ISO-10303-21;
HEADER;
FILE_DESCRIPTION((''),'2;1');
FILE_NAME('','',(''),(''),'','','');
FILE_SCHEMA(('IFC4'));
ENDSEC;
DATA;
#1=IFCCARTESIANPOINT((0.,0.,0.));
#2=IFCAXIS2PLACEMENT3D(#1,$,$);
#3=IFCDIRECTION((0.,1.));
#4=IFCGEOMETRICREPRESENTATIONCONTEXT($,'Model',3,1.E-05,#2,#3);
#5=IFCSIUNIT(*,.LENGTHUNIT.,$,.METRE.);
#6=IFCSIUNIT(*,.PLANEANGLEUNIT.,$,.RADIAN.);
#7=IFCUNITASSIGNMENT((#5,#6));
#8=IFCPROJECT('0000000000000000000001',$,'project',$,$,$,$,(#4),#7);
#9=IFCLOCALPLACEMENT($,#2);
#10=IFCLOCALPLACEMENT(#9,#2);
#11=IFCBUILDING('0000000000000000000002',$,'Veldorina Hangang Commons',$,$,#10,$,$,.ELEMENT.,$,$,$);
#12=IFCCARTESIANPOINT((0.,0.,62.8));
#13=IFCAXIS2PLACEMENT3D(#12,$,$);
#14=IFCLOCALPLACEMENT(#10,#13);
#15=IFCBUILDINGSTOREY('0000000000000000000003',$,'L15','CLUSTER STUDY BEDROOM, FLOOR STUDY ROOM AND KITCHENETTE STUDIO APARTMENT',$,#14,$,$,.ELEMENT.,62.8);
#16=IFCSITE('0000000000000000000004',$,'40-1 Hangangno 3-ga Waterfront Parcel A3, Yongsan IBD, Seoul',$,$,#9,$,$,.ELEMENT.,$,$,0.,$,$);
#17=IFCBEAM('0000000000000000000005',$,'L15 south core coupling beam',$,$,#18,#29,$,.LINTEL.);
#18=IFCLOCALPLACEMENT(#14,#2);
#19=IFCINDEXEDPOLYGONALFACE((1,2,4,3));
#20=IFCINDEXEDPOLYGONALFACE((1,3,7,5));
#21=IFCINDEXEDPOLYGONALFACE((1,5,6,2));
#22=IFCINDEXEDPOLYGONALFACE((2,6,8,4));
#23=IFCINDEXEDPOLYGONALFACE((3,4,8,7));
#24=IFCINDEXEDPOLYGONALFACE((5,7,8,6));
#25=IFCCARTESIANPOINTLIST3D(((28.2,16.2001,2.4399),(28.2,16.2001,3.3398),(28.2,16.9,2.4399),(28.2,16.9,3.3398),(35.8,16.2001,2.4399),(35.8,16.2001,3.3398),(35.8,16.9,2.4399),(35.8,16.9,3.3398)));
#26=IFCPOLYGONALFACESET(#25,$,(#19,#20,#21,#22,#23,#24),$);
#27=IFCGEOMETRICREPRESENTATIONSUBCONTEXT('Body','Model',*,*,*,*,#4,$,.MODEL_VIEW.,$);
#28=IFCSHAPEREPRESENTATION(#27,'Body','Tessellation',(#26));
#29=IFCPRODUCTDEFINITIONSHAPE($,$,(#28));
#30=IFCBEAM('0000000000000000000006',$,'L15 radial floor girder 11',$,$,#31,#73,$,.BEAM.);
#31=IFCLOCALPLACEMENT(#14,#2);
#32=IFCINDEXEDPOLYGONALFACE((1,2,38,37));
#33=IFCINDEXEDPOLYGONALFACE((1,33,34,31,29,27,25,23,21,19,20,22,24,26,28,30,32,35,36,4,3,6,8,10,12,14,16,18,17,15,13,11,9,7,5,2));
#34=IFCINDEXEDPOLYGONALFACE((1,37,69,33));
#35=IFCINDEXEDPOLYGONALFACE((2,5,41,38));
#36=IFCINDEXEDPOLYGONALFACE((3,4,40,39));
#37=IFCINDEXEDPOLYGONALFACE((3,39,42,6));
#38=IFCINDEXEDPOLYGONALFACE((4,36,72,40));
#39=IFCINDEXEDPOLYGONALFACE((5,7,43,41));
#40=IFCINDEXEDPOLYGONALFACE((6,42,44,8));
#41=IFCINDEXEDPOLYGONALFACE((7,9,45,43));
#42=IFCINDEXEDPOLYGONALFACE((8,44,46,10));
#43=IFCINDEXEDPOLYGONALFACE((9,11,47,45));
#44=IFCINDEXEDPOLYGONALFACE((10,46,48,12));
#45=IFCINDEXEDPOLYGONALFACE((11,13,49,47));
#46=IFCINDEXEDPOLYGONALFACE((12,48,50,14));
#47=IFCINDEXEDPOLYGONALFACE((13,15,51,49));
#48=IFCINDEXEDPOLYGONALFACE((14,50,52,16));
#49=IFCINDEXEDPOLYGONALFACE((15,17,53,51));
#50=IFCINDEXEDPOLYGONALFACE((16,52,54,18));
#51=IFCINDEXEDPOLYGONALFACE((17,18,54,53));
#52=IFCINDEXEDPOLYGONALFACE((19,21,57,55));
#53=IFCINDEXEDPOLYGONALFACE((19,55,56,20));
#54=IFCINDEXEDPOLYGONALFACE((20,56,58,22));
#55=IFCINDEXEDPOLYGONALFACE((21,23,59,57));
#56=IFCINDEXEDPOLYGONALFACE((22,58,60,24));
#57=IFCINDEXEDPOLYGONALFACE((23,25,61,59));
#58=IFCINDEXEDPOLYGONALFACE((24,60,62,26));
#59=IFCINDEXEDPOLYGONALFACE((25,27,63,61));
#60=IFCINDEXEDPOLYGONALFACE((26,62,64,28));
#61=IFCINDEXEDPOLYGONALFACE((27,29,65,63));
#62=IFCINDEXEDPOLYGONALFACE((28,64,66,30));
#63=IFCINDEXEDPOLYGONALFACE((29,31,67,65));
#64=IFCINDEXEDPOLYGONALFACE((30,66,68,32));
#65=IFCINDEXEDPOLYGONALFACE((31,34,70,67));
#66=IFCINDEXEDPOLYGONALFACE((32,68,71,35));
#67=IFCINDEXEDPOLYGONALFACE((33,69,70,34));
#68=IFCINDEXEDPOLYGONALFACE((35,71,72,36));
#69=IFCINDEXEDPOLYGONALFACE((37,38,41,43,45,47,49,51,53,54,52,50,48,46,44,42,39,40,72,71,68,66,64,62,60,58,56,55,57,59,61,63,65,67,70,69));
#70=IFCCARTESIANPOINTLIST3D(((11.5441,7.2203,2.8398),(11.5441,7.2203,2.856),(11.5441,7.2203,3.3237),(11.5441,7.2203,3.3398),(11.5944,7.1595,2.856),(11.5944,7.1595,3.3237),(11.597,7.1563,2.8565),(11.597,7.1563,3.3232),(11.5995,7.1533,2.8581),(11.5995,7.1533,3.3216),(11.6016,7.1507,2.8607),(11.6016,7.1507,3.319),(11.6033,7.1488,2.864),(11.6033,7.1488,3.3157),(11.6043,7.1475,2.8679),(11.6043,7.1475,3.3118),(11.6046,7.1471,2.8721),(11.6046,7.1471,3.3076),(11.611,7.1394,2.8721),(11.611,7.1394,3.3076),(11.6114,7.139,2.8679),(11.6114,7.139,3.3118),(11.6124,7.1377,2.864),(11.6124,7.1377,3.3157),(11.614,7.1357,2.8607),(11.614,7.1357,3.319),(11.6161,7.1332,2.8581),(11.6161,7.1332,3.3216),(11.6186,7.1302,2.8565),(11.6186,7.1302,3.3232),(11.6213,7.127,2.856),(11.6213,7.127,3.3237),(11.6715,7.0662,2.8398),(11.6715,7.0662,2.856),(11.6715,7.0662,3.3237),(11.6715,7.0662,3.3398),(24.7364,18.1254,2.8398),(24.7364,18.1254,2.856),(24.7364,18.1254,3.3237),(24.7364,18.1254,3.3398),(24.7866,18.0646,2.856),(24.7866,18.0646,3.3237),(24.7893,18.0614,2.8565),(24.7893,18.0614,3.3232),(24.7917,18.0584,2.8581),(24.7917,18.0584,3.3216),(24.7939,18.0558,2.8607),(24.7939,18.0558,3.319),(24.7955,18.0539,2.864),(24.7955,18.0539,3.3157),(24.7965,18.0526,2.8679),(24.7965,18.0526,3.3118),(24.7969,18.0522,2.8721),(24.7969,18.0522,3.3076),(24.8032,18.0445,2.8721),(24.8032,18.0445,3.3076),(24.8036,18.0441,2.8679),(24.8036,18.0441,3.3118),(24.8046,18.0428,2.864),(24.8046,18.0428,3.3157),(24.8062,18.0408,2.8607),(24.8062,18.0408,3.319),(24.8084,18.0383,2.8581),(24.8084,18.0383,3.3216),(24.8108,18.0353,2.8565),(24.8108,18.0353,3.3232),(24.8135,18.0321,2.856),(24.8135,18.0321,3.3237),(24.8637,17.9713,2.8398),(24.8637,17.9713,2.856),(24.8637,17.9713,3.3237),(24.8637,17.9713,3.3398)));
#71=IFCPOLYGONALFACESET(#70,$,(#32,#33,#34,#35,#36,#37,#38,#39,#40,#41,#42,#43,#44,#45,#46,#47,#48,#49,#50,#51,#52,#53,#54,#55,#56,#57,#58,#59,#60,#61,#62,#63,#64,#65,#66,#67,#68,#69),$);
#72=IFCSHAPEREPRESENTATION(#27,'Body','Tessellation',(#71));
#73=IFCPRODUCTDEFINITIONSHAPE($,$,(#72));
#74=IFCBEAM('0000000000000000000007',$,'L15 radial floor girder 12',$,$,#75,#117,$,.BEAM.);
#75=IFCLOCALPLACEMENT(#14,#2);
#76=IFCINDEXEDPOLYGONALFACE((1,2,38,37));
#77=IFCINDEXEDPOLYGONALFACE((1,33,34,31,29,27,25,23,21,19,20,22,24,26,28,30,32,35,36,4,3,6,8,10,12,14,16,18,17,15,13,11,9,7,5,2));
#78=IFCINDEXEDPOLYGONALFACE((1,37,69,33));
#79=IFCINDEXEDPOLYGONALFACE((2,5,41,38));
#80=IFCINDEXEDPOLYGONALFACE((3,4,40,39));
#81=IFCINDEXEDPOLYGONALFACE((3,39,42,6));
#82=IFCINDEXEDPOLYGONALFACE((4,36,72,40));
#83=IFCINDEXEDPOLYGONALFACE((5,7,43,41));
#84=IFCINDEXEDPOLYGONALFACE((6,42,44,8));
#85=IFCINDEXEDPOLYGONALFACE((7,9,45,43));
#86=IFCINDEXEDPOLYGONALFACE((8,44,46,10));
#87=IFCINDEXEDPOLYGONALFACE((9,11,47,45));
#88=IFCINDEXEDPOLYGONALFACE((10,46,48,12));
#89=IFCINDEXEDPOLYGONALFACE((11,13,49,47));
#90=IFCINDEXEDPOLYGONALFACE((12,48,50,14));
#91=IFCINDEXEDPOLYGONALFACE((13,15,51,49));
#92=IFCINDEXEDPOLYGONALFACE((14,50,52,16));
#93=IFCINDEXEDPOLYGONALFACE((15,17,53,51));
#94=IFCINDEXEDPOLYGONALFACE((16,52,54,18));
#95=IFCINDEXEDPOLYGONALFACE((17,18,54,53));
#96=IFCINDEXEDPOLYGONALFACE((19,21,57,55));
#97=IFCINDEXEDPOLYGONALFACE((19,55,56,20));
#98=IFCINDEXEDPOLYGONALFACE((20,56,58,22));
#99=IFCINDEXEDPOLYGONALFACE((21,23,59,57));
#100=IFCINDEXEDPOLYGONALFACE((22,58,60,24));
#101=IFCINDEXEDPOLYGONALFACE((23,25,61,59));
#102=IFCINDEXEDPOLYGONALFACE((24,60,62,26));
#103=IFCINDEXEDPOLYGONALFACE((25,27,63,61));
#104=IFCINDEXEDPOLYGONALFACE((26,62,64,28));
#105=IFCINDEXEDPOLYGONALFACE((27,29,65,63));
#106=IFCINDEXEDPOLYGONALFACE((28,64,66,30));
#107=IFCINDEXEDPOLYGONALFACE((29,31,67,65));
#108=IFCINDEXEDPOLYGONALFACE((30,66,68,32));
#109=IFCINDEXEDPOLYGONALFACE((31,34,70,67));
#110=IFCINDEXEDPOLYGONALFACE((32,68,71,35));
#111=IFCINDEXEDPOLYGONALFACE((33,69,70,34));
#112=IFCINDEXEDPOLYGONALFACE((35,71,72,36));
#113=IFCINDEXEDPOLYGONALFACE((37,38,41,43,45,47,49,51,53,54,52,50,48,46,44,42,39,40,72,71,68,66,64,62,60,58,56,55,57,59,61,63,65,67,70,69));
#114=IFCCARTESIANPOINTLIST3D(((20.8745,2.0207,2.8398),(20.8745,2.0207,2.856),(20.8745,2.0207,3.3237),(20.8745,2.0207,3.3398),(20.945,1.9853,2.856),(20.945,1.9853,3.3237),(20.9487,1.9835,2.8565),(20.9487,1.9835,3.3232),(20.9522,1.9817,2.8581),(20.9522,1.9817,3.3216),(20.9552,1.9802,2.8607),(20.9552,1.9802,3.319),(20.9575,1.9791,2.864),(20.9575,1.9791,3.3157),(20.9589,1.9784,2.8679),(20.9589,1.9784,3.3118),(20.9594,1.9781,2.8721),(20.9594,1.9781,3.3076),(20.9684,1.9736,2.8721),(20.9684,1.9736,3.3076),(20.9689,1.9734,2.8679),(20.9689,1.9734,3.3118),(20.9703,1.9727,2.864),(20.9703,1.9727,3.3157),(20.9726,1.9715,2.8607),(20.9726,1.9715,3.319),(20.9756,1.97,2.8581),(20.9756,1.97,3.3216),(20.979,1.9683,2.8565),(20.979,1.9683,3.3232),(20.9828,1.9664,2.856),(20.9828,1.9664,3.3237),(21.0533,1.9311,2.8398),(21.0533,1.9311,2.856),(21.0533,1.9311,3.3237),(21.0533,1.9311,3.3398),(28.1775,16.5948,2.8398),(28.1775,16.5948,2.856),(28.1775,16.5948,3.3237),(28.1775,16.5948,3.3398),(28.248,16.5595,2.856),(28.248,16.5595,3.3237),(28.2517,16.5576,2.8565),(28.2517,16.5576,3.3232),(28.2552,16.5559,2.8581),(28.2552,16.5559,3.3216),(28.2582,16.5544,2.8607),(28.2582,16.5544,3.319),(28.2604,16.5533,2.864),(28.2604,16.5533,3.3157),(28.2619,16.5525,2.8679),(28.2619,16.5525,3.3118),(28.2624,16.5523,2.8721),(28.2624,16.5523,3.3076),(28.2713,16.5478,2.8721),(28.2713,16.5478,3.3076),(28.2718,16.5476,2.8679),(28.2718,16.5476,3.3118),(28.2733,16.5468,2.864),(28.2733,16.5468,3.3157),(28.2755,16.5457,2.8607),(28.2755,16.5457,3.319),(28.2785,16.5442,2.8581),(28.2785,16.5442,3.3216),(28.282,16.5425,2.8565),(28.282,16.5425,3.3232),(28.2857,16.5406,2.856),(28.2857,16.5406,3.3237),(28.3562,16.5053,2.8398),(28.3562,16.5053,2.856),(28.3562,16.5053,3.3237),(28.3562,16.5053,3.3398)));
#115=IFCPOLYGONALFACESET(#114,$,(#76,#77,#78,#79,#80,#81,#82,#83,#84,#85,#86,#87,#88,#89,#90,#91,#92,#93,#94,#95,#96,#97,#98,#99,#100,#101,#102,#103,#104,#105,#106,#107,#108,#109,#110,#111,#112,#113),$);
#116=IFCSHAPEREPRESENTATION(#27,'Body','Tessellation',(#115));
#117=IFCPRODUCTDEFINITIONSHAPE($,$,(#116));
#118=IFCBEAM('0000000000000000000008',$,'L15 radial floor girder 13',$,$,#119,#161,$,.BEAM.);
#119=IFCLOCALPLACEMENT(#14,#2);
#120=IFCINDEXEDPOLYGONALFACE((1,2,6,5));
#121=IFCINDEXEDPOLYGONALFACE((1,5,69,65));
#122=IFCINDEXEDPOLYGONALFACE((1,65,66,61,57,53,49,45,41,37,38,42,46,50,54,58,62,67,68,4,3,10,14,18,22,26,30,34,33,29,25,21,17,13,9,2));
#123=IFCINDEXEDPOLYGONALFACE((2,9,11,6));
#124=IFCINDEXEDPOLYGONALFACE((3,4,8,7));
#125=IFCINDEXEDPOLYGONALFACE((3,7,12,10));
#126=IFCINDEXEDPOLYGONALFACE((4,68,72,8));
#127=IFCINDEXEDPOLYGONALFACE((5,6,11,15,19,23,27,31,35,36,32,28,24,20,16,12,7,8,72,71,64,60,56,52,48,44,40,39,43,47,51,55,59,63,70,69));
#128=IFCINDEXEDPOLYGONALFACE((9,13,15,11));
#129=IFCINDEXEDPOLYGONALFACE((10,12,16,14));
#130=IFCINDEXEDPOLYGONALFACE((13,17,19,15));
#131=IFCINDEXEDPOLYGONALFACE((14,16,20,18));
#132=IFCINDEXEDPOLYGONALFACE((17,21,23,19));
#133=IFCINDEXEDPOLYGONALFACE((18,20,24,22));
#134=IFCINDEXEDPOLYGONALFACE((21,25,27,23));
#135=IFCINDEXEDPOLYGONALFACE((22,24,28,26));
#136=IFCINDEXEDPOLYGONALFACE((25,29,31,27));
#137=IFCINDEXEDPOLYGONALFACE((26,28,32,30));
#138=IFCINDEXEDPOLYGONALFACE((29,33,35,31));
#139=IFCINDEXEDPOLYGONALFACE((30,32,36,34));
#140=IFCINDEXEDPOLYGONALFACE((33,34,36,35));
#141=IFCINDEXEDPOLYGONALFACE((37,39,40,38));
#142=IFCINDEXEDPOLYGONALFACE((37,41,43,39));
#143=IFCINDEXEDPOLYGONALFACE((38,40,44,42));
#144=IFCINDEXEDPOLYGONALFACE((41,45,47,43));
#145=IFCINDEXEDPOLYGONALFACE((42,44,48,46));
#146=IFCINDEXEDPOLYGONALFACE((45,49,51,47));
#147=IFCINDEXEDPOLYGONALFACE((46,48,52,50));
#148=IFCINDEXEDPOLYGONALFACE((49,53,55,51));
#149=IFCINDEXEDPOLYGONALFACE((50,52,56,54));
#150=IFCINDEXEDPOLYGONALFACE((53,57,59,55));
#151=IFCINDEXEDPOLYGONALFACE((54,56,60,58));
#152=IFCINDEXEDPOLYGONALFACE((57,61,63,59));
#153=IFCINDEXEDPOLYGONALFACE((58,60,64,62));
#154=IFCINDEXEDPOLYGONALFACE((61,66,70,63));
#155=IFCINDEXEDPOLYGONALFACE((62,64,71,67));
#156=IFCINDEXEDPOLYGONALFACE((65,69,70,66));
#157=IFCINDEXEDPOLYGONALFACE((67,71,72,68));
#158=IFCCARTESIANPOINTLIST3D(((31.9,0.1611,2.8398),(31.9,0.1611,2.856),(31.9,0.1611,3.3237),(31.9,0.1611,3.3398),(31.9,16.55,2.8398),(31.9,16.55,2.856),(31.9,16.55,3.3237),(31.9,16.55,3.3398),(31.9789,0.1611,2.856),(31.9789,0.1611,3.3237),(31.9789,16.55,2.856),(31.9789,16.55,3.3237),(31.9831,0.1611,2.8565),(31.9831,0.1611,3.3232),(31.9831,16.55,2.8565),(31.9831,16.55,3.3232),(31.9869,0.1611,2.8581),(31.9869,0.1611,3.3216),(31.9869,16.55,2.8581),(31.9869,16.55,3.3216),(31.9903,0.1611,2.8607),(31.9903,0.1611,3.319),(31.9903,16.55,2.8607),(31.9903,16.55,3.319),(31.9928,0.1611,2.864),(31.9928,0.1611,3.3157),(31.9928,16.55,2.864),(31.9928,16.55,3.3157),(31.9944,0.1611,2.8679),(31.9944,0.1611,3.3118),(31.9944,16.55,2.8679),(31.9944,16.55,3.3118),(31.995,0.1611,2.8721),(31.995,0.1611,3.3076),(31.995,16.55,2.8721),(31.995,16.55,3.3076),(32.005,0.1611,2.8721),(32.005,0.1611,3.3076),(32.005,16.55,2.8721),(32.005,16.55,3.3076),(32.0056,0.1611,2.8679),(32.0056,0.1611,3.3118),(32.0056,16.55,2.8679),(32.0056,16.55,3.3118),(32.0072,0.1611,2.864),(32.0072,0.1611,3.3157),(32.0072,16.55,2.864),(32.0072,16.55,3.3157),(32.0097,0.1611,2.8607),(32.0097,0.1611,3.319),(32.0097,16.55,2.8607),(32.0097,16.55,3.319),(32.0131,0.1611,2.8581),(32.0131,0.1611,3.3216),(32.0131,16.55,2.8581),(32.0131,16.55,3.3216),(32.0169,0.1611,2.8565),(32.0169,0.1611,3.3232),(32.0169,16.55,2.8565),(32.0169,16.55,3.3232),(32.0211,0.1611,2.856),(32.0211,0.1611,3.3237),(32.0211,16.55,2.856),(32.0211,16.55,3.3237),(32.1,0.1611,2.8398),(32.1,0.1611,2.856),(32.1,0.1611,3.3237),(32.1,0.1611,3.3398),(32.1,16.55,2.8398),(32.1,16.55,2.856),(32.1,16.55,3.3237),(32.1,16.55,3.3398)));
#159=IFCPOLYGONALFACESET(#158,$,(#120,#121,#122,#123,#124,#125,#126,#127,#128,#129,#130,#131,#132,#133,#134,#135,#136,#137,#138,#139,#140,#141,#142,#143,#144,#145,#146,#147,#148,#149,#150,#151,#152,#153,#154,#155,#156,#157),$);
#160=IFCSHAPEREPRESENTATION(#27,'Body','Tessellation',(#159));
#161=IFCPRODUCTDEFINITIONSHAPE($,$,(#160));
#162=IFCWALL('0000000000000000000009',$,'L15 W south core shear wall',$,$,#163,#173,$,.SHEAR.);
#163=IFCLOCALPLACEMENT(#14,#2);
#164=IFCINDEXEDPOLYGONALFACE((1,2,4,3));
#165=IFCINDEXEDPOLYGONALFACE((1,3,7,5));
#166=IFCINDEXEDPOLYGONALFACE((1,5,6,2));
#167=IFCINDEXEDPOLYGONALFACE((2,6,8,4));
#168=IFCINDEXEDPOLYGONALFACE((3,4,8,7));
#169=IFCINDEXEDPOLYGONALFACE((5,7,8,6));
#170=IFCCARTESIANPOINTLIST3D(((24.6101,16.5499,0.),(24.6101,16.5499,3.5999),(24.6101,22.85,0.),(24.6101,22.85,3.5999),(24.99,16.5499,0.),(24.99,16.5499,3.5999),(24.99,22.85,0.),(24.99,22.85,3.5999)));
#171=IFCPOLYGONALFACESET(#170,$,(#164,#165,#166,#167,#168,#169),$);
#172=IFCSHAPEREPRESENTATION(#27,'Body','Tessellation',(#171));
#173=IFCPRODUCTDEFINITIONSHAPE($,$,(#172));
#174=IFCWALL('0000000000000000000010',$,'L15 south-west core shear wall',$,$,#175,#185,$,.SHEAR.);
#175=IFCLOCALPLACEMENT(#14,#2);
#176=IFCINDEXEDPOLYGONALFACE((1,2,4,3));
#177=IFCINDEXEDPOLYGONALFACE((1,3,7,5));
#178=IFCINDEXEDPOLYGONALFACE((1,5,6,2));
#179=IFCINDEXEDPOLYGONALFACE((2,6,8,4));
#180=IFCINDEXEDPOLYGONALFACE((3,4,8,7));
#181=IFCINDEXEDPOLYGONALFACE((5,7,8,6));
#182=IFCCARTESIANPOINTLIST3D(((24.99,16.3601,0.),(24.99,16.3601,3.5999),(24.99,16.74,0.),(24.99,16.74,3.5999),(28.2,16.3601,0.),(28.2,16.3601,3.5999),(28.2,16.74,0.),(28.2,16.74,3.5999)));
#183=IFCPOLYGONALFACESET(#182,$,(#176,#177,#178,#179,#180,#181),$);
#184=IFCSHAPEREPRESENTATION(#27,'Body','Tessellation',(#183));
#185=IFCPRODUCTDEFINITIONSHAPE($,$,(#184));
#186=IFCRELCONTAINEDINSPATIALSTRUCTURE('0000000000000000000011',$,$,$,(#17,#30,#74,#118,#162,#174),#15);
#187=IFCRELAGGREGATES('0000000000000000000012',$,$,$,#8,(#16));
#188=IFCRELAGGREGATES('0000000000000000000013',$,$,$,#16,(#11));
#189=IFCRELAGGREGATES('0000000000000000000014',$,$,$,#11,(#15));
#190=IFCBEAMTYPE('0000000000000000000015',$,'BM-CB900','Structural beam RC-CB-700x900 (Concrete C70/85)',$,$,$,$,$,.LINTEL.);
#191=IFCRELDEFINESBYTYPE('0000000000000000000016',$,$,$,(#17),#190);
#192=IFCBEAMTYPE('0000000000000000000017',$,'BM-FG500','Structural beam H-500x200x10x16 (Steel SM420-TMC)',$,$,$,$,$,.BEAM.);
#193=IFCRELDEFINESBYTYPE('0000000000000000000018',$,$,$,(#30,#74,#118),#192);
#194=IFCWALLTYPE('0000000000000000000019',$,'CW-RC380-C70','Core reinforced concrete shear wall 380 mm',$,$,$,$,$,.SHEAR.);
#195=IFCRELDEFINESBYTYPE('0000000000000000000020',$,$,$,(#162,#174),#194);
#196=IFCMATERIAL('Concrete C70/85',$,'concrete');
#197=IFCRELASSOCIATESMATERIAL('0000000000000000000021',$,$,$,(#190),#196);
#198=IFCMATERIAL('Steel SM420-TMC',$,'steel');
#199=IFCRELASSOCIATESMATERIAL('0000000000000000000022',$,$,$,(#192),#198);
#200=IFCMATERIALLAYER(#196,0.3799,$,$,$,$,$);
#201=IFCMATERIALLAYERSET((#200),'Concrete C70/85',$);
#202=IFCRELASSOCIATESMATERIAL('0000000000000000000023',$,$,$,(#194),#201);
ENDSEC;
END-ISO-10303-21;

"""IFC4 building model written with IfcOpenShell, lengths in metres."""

from ifc_helpers import new_model, si_unit, direction, frame, frame_2d, origin, origin_2d, place, context, subcontext, project, spatial, rectangle, i_section, extrude, material, layer, layer_set, material_profile, profile_set, type_object, element, save


model = new_model("IFC4")

# Units and contexts
model_context = context("Model", 3, precision=1e-05, world=origin(), true_north=direction((0.0, 1.0)))
body_context = subcontext(model_context, "Body", "Model", "MODEL_VIEW")
ifc_project = project(units=[si_unit("LENGTHUNIT", "METRE"), si_unit("PLANEANGLEUNIT", "RADIAN")], contexts=[model_context])

# Site, building, storey
site_placement = place(None, origin())
site = spatial("IfcSite", under=ifc_project, at=site_placement, Name="40-1 Hangangno 3-ga Waterfront Parcel A3, Yongsan IBD, Seoul", CompositionType="ELEMENT", RefElevation=0.0)
building_placement = place(site_placement, origin())
building = spatial("IfcBuilding", under=site, at=building_placement, Name="Veldorina Hangang Commons", CompositionType="ELEMENT")
storey_placement = place(building_placement, frame((0.0, 0.0, 62.8)))
storey = spatial("IfcBuildingStorey", under=building, at=storey_placement, Name="L15", Description="CLUSTER STUDY BEDROOM, FLOOR STUDY ROOM AND KITCHENETTE STUDIO APARTMENT", CompositionType="ELEMENT", Elevation=62.8)

# Beams
ifc_material_1 = material(Name="Concrete C70/85", Category="concrete")
ifc_material_profile_1 = material_profile(ifc_material_1, rectangle(XDim=0.7, YDim=0.8999, at=origin_2d()), Name="RC-CB-700x900")
ifc_profile_set_1 = profile_set([ifc_material_profile_1], Name="Concrete C70/85")
beam_type_1 = type_object("IfcBeamType", Name="BM-CB900", Description="Structural beam RC-CB-700x900 (Concrete C70/85)", PredefinedType="LINTEL", material=ifc_profile_set_1)
beam_1_placement = place(storey_placement, frame((28.2, 16.55, 2.8899), z_axis=(1.0, 0.0, 0.0), x_axis=(0.0, 1.0, 0.0)))
element("IfcBeam", 1, at=beam_1_placement, inside=storey, type_object=beam_type_1, Name="L15 south core coupling beam", PredefinedType="LINTEL", context=body_context, shape_type="SweptSolid", body=[
    extrude(rectangle(XDim=0.7, YDim=0.8999, at=origin_2d()), origin(), (0.0, 0.0, 1.0), 7.6001),
])
ifc_material_2 = material(Name="Steel SM420-TMC", Category="steel")
ifc_material_profile_2 = material_profile(ifc_material_2, i_section(OverallWidth=0.2, OverallDepth=0.5, WebThickness=0.01, FlangeThickness=0.0161, FilletRadius=0.0161, at=origin_2d()), Name="H-500x200x10x16")
ifc_profile_set_2 = profile_set([ifc_material_profile_2], Name="Steel SM420-TMC")
beam_type_2 = type_object("IfcBeamType", Name="BM-FG500", Description="Structural beam H-500x200x10x16 (Steel SM420-TMC)", PredefinedType="BEAM", material=ifc_profile_set_2)
beam_2_placement = place(storey_placement, frame((24.8, 18.0483, 3.0898), z_axis=(-0.770756, -0.637131, 0.0), x_axis=(0.637131, -0.770756, 0.0)))
element("IfcBeam", 2, at=beam_2_placement, inside=storey, type_object=beam_type_2, Name="L15 radial floor girder 11", PredefinedType="BEAM", context=body_context, shape_type="SweptSolid", body=[
    extrude(i_section(OverallWidth=0.2, OverallDepth=0.5, WebThickness=0.01, FlangeThickness=0.0161, FilletRadius=0.0161, at=origin_2d()), origin(), (0.0, 0.0, 1.0), 17.116),
])
beam_3_placement = place(storey_placement, frame((28.2668, 16.55, 3.0898), z_axis=(-0.447992, -0.894037, 0.0), x_axis=(0.894037, -0.447992, 0.0)))
element("IfcBeam", 3, at=beam_3_placement, inside=storey, type_object=beam_type_2, Name="L15 radial floor girder 12", PredefinedType="BEAM", context=body_context, shape_type="SweptSolid", body=[
    extrude(i_section(OverallWidth=0.2, OverallDepth=0.5, WebThickness=0.01, FlangeThickness=0.0161, FilletRadius=0.0161, at=origin_2d()), origin(), (0.0, 0.0, 1.0), 16.3015),
])
beam_4_placement = place(storey_placement, frame((32.0, 16.55, 3.0898), z_axis=(0.0, -1.0, 0.0), x_axis=(1.0, 0.0, 0.0)))
element("IfcBeam", 4, at=beam_4_placement, inside=storey, type_object=beam_type_2, Name="L15 radial floor girder 13", PredefinedType="BEAM", context=body_context, shape_type="SweptSolid", body=[
    extrude(i_section(OverallWidth=0.2, OverallDepth=0.5, WebThickness=0.01, FlangeThickness=0.0161, FilletRadius=0.0161, at=origin_2d()), origin(), (0.0, 0.0, 1.0), 16.3889),
])

# Walls
ifc_layer_1 = layer(ifc_material_1, 0.3799)
ifc_layer_set_1 = layer_set([ifc_layer_1], Name="Concrete C70/85")
wall_type_1 = type_object("IfcWallType", Name="CW-RC380-C70", Description="Core reinforced concrete shear wall 380 mm", PredefinedType="SHEAR", material=ifc_layer_set_1)
wall_1_placement = place(storey_placement, frame((24.8, 16.55, 0.0), z_axis=(0.0, 0.0, 1.0), x_axis=(0.0, 1.0, 0.0)))
element("IfcWall", 5, at=wall_1_placement, inside=storey, type_object=wall_type_1, Name="L15 W south core shear wall", PredefinedType="SHEAR", context=body_context, shape_type="SweptSolid", body=[
    extrude(rectangle(XDim=6.3, YDim=0.3799, at=frame_2d((3.1499, 0.0))), origin(), (0.0, 0.0, 1.0), 3.5999),
])
wall_2_placement = place(storey_placement, frame((24.99, 16.55, 0.0), z_axis=(0.0, 0.0, 1.0), x_axis=(1.0, 0.0, 0.0)))
element("IfcWall", 6, at=wall_2_placement, inside=storey, type_object=wall_type_1, Name="L15 south-west core shear wall", PredefinedType="SHEAR", context=body_context, shape_type="SweptSolid", body=[
    extrude(rectangle(XDim=3.21, YDim=0.3799, at=frame_2d((1.605, 0.0))), origin(), (0.0, 0.0, 1.0), 3.5999),
])

save(model, "model.ifc")
